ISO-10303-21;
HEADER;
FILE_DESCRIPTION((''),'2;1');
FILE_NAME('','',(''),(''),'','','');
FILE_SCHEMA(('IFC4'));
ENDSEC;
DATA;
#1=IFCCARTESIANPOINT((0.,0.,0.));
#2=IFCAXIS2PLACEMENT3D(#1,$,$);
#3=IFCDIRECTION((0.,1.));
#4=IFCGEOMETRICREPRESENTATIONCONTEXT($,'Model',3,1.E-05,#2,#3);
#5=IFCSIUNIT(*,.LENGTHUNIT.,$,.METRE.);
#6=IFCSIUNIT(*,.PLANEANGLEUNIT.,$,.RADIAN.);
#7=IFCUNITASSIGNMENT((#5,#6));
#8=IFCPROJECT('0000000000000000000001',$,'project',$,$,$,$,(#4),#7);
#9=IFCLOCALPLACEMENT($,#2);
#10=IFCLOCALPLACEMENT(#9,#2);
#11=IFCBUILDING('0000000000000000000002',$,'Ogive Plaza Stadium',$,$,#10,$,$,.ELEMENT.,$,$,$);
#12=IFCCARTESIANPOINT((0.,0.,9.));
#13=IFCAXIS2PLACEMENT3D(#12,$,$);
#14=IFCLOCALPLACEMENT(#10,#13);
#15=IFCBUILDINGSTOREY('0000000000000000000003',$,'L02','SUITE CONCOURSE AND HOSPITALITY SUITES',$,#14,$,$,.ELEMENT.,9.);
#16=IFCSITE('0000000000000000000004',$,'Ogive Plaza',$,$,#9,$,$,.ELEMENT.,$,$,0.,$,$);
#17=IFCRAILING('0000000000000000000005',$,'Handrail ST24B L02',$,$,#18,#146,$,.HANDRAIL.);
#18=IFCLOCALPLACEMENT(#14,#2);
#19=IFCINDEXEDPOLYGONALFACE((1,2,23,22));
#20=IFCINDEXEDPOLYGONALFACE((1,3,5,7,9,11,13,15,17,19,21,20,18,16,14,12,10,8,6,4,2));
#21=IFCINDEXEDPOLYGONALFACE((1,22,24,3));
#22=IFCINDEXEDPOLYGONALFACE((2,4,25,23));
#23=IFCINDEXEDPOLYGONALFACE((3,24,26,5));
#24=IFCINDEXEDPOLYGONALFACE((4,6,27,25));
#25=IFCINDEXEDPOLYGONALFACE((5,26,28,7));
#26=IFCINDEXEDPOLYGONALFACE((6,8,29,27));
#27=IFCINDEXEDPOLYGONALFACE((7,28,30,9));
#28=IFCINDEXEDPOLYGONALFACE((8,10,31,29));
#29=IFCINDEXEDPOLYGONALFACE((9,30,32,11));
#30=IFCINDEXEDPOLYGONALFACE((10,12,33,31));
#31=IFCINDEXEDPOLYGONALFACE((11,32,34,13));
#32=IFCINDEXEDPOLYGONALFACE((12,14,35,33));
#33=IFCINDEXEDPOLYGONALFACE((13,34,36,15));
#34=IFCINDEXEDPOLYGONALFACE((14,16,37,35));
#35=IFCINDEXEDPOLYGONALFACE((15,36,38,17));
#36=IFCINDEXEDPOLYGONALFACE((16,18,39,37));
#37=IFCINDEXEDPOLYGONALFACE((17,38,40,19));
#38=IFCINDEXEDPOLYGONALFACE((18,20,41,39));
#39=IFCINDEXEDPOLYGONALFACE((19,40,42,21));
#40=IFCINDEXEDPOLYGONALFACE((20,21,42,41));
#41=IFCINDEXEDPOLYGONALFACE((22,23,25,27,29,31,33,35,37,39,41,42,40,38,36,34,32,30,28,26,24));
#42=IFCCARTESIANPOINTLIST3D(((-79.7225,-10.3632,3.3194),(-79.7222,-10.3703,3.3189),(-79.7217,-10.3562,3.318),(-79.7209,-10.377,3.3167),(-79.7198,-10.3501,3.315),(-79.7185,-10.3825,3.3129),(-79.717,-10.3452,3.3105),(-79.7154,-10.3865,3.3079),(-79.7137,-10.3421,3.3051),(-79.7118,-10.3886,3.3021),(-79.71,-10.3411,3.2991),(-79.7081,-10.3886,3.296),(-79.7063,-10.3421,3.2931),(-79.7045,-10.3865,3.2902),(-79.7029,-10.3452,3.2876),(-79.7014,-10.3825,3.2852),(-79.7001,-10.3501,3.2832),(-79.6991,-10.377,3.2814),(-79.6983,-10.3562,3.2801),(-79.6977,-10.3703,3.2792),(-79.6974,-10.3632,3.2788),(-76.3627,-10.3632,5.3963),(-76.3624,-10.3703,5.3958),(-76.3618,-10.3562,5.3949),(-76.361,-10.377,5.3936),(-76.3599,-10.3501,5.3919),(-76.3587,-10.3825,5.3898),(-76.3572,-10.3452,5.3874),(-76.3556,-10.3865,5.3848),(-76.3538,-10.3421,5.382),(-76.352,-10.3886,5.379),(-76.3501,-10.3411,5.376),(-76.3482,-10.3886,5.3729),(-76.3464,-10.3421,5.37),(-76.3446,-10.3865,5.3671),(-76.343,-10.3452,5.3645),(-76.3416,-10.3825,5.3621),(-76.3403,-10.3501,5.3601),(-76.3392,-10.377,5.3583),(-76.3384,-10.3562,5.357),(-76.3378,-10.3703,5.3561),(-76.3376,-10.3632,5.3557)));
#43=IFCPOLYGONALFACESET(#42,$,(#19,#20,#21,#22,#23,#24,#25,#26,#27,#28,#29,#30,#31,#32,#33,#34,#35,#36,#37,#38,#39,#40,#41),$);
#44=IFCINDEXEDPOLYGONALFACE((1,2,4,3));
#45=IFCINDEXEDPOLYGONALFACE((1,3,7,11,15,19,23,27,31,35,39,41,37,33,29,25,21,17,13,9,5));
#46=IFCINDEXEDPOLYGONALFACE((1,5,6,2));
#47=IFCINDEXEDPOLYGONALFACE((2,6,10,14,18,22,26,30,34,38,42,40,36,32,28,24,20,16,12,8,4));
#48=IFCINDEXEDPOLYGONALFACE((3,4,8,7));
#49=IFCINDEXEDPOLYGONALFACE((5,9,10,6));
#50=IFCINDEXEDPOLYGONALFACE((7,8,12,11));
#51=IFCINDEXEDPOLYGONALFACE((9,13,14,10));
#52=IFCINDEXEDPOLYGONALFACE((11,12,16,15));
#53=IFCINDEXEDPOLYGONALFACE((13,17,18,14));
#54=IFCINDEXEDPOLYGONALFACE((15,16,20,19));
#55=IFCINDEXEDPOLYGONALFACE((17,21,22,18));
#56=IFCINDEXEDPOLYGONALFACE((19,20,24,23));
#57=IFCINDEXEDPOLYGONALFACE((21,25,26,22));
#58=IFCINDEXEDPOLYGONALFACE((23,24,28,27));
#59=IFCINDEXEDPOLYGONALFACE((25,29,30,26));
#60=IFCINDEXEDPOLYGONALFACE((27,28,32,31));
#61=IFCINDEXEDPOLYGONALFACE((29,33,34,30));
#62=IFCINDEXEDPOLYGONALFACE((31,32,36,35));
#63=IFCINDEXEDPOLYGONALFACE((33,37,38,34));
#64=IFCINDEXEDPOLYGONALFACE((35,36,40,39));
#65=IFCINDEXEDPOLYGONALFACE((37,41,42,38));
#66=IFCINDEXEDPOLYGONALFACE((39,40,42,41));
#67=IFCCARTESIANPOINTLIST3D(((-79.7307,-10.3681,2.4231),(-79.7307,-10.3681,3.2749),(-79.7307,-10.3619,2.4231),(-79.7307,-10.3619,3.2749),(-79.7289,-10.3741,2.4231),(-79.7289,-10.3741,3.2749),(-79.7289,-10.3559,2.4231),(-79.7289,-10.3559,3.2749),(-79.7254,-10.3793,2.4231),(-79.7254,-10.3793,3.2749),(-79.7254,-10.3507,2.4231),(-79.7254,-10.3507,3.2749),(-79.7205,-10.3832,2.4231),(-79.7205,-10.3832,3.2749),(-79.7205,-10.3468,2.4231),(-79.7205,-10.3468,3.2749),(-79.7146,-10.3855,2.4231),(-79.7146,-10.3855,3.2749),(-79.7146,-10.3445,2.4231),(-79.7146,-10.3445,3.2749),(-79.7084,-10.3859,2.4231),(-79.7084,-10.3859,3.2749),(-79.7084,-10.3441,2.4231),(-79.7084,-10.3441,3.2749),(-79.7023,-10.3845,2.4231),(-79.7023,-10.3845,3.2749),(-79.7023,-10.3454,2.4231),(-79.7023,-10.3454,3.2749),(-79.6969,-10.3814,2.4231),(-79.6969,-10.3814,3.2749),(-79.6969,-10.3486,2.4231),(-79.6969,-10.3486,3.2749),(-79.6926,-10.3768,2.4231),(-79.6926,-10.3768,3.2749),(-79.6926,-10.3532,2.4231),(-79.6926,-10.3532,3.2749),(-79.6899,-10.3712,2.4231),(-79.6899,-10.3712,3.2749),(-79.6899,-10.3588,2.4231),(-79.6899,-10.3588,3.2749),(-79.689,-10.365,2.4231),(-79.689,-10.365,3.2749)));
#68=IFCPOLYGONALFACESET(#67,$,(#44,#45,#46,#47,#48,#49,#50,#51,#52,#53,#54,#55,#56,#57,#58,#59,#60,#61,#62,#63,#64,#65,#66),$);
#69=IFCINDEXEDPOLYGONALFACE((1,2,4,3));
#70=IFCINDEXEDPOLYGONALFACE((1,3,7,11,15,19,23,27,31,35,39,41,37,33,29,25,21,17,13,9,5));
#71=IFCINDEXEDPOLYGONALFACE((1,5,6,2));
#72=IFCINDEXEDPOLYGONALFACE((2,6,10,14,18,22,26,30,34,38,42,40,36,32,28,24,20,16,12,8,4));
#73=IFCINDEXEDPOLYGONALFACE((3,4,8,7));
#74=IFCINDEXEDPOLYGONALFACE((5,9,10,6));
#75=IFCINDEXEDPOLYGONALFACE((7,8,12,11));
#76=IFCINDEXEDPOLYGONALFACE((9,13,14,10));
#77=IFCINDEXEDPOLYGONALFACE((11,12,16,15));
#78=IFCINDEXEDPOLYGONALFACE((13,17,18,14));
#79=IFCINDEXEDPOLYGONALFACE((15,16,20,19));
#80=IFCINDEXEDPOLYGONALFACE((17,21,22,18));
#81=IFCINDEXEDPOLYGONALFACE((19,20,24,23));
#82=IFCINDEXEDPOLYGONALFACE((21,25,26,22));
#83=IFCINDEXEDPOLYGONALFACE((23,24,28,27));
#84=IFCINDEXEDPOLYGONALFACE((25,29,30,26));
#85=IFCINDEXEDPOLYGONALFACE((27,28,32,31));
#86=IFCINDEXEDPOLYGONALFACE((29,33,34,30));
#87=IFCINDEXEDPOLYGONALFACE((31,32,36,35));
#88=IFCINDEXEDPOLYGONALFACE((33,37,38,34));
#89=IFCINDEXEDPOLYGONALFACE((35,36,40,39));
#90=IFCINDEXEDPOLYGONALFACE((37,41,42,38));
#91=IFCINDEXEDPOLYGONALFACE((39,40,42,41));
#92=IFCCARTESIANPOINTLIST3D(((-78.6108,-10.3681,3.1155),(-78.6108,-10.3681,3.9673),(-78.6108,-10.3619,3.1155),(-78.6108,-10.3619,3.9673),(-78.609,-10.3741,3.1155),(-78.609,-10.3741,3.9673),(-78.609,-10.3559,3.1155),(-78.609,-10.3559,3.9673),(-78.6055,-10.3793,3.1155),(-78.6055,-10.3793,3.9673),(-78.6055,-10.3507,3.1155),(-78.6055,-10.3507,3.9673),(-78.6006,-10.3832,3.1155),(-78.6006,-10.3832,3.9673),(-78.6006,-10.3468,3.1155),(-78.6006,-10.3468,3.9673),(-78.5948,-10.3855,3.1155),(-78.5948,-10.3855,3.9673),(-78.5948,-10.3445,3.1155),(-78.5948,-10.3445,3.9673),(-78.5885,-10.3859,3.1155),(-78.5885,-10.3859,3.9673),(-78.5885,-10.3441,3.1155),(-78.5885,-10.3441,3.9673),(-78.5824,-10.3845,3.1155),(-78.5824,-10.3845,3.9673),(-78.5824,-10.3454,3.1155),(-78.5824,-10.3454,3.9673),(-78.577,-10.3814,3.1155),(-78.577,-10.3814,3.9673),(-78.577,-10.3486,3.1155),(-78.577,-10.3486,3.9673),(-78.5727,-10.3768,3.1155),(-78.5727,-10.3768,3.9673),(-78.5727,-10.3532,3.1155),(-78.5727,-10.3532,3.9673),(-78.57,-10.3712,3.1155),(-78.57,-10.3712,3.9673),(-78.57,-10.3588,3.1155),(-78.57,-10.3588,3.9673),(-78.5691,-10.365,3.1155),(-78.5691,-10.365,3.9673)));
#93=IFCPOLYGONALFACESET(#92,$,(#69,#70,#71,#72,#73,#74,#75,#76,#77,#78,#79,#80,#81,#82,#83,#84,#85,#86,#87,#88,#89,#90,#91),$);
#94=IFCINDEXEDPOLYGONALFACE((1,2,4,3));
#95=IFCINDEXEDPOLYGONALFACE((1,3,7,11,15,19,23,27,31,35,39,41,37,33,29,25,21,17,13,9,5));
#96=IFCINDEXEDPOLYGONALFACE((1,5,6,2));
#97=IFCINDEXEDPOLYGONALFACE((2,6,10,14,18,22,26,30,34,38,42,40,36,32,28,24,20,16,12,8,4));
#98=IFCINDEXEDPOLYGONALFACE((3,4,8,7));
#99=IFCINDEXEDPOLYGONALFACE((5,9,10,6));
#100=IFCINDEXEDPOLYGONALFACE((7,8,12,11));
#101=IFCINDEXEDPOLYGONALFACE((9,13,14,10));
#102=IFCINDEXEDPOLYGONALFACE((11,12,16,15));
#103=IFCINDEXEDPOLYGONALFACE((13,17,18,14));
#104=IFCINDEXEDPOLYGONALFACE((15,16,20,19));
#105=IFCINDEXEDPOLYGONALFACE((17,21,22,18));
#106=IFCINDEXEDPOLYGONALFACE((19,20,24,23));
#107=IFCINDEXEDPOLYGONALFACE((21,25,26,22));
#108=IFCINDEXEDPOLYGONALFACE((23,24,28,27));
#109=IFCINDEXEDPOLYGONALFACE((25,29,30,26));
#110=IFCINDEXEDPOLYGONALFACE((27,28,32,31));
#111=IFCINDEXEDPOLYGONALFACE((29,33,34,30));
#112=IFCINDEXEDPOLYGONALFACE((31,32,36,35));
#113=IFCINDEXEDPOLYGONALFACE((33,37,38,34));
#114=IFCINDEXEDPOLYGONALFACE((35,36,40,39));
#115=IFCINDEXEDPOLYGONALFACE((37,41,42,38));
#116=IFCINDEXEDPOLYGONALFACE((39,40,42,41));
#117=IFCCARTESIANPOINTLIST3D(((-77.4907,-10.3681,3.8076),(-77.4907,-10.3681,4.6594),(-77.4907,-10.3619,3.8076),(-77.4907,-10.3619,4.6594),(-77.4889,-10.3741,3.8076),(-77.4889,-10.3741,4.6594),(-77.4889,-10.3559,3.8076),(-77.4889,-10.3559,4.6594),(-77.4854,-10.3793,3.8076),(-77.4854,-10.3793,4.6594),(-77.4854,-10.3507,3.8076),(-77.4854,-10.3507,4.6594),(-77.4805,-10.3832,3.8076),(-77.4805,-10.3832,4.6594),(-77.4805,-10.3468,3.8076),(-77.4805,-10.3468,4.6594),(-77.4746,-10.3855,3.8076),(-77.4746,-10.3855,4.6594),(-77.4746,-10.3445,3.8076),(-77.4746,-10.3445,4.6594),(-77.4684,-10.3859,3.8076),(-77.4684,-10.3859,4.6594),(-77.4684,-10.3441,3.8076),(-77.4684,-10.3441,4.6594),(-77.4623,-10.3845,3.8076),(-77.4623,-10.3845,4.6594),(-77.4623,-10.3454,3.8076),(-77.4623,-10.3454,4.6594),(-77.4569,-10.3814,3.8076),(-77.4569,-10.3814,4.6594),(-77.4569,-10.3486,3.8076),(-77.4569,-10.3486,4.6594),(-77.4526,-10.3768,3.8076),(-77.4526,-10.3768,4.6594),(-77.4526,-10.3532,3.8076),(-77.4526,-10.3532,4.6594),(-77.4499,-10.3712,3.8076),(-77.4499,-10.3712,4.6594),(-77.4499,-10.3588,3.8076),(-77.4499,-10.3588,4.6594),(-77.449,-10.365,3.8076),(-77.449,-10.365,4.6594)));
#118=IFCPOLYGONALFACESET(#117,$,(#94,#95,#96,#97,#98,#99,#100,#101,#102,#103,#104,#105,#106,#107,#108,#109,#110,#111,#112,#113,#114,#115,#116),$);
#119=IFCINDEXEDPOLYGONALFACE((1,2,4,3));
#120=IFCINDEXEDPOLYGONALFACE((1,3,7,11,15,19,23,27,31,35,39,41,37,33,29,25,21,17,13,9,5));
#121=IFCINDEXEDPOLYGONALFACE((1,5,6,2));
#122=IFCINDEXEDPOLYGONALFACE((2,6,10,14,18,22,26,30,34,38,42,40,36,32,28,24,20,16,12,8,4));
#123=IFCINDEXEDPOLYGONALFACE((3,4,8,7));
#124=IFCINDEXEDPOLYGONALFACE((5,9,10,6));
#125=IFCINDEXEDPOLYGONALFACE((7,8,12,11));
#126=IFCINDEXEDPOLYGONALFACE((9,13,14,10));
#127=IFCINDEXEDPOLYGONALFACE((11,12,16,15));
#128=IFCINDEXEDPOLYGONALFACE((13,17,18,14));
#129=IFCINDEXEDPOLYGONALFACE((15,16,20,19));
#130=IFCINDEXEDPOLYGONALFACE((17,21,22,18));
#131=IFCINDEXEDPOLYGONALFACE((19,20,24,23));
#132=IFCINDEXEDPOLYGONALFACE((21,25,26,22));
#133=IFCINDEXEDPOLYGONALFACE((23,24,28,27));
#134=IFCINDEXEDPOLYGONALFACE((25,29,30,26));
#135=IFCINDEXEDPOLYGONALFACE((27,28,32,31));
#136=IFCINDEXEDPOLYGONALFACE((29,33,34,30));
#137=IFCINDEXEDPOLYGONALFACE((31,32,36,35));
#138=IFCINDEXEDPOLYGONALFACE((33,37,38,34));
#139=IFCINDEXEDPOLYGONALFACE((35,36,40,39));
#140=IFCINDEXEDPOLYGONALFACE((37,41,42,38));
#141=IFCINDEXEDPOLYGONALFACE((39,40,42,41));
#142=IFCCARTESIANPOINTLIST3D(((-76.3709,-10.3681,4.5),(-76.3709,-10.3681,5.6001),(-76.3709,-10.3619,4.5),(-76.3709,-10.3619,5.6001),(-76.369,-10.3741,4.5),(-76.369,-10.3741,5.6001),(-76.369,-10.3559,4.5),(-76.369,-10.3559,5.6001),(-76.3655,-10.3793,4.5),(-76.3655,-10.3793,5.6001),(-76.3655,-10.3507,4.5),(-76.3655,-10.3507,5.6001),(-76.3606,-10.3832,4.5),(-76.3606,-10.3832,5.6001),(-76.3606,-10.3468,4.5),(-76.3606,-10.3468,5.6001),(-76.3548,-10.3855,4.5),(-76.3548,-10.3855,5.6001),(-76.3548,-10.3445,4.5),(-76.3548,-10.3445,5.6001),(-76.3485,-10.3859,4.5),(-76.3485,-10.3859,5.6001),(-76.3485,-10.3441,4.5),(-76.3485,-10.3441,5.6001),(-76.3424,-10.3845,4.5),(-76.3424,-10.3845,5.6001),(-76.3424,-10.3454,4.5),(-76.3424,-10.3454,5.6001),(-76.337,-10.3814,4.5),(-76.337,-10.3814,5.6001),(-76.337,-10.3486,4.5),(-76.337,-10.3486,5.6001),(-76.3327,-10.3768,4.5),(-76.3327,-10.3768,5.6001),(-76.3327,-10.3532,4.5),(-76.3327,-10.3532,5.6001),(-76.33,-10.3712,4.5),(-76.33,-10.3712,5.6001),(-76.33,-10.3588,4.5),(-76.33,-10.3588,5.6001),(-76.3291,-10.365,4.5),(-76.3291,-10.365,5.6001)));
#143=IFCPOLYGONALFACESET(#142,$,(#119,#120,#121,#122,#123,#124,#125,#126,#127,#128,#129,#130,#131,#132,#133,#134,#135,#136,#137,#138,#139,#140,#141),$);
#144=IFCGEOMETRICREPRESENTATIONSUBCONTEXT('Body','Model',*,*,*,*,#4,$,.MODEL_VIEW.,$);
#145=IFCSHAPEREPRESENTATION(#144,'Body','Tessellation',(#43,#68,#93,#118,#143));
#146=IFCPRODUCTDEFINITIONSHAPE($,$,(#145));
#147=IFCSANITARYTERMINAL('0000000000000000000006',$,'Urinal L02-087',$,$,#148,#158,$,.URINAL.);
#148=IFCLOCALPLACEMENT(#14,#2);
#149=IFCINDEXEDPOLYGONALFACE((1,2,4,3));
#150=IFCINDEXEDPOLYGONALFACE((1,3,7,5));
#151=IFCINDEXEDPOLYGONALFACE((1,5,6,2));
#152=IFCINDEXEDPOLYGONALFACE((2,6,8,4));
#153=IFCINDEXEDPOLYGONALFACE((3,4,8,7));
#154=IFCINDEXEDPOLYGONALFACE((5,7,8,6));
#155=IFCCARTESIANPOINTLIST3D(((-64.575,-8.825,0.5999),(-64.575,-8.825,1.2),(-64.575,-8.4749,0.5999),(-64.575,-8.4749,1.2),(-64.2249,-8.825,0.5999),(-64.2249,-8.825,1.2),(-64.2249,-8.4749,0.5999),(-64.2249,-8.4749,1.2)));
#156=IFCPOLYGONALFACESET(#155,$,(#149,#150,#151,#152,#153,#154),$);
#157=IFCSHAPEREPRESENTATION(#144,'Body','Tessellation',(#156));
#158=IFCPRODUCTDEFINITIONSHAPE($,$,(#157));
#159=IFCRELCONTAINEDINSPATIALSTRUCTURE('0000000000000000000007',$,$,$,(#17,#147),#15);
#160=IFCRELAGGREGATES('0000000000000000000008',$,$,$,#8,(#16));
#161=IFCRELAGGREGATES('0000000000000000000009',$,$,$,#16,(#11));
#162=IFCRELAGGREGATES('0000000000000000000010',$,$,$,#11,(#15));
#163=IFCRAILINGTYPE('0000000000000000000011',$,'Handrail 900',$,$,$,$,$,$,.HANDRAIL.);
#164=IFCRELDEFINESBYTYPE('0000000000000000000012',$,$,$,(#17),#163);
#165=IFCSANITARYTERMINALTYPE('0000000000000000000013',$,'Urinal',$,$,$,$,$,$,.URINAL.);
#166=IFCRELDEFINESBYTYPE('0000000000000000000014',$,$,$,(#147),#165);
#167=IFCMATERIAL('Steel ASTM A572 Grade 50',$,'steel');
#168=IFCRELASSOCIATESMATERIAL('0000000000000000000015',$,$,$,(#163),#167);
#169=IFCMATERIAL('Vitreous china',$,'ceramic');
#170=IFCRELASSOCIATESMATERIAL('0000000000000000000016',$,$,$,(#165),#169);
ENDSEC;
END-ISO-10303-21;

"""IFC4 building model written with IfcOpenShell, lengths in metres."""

from ifc_helpers import new_model, si_unit, direction, frame, origin, origin_2d, place, context, subcontext, project, spatial, rectangle, circle, extrude, material, type_object, element, save


model = new_model("IFC4")

# Units and contexts
model_context = context("Model", 3, precision=1e-05, world=origin(), true_north=direction((0.0, 1.0)))
body_context = subcontext(model_context, "Body", "Model", "MODEL_VIEW")
ifc_project = project(units=[si_unit("LENGTHUNIT", "METRE"), si_unit("PLANEANGLEUNIT", "RADIAN")], contexts=[model_context])

# Site, building, storey
site_placement = place(None, origin())
site = spatial("IfcSite", under=ifc_project, at=site_placement, Name="Ogive Plaza", CompositionType="ELEMENT", RefElevation=0.0)
building_placement = place(site_placement, origin())
building = spatial("IfcBuilding", under=site, at=building_placement, Name="Ogive Plaza Stadium", CompositionType="ELEMENT")
storey_placement = place(building_placement, frame((0.0, 0.0, 9.0)))
storey = spatial("IfcBuildingStorey", under=building, at=storey_placement, Name="L02", Description="SUITE CONCOURSE AND HOSPITALITY SUITES", CompositionType="ELEMENT", Elevation=9.0)

# Railing
ifc_material_1 = material(Name="Steel ASTM A572 Grade 50", Category="steel")
railing_type_1 = type_object("IfcRailingType", Name="Handrail 900", PredefinedType="HANDRAIL", material=ifc_material_1)
for number, where, name in (
    (1, (-79.71, -10.365, 2.4231), "Handrail ST24B L02"),
):
    element("IfcRailing", number, at=place(storey_placement, frame(where)), inside=storey, type_object=railing_type_1, Name=name, PredefinedType="HANDRAIL", context=body_context, shape_type="SweptSolid", body=[
        extrude(circle(Radius=0.0239, at=origin_2d()), frame((0.0, 0.0, 0.876), z_axis=(0.850606, 0.0, 0.525803), x_axis=(0.0, 1.0, 0.0)), (0.0, 0.0, 1.0), 3.95),
        extrude(circle(Radius=0.021, at=origin_2d()), origin(), (0.0, 0.0, 1.0), 0.8518),
        extrude(circle(Radius=0.021, at=origin_2d()), frame((1.1199, 0.0, 0.6924)), (0.0, 0.0, 1.0), 0.8518),
        extrude(circle(Radius=0.021, at=origin_2d()), frame((2.24, 0.0, 1.3845)), (0.0, 0.0, 1.0), 0.8518),
        extrude(circle(Radius=0.021, at=origin_2d()), frame((3.3599, 0.0, 2.0769)), (0.0, 0.0, 1.0), 1.1001),
    ])

# Sanitary terminal
ifc_material_2 = material(Name="Vitreous china", Category="ceramic")
sanitary_terminal_type = type_object("IfcSanitaryTerminalType", Name="Urinal", PredefinedType="URINAL", material=ifc_material_2)
sanitary_terminal_placement = place(storey_placement, frame((-64.3999, -8.6499, 0.5999), z_axis=(0.0, 0.0, 1.0), x_axis=(-1.0, 0.0, 0.0)))
element("IfcSanitaryTerminal", 2, at=sanitary_terminal_placement, inside=storey, type_object=sanitary_terminal_type, Name="Urinal L02-087", PredefinedType="URINAL", context=body_context, shape_type="SweptSolid", body=[
    extrude(rectangle(XDim=0.3501, YDim=0.3501, at=origin_2d()), origin(), (0.0, 0.0, 1.0), 0.6001),
])

save(model, "model.ifc")
